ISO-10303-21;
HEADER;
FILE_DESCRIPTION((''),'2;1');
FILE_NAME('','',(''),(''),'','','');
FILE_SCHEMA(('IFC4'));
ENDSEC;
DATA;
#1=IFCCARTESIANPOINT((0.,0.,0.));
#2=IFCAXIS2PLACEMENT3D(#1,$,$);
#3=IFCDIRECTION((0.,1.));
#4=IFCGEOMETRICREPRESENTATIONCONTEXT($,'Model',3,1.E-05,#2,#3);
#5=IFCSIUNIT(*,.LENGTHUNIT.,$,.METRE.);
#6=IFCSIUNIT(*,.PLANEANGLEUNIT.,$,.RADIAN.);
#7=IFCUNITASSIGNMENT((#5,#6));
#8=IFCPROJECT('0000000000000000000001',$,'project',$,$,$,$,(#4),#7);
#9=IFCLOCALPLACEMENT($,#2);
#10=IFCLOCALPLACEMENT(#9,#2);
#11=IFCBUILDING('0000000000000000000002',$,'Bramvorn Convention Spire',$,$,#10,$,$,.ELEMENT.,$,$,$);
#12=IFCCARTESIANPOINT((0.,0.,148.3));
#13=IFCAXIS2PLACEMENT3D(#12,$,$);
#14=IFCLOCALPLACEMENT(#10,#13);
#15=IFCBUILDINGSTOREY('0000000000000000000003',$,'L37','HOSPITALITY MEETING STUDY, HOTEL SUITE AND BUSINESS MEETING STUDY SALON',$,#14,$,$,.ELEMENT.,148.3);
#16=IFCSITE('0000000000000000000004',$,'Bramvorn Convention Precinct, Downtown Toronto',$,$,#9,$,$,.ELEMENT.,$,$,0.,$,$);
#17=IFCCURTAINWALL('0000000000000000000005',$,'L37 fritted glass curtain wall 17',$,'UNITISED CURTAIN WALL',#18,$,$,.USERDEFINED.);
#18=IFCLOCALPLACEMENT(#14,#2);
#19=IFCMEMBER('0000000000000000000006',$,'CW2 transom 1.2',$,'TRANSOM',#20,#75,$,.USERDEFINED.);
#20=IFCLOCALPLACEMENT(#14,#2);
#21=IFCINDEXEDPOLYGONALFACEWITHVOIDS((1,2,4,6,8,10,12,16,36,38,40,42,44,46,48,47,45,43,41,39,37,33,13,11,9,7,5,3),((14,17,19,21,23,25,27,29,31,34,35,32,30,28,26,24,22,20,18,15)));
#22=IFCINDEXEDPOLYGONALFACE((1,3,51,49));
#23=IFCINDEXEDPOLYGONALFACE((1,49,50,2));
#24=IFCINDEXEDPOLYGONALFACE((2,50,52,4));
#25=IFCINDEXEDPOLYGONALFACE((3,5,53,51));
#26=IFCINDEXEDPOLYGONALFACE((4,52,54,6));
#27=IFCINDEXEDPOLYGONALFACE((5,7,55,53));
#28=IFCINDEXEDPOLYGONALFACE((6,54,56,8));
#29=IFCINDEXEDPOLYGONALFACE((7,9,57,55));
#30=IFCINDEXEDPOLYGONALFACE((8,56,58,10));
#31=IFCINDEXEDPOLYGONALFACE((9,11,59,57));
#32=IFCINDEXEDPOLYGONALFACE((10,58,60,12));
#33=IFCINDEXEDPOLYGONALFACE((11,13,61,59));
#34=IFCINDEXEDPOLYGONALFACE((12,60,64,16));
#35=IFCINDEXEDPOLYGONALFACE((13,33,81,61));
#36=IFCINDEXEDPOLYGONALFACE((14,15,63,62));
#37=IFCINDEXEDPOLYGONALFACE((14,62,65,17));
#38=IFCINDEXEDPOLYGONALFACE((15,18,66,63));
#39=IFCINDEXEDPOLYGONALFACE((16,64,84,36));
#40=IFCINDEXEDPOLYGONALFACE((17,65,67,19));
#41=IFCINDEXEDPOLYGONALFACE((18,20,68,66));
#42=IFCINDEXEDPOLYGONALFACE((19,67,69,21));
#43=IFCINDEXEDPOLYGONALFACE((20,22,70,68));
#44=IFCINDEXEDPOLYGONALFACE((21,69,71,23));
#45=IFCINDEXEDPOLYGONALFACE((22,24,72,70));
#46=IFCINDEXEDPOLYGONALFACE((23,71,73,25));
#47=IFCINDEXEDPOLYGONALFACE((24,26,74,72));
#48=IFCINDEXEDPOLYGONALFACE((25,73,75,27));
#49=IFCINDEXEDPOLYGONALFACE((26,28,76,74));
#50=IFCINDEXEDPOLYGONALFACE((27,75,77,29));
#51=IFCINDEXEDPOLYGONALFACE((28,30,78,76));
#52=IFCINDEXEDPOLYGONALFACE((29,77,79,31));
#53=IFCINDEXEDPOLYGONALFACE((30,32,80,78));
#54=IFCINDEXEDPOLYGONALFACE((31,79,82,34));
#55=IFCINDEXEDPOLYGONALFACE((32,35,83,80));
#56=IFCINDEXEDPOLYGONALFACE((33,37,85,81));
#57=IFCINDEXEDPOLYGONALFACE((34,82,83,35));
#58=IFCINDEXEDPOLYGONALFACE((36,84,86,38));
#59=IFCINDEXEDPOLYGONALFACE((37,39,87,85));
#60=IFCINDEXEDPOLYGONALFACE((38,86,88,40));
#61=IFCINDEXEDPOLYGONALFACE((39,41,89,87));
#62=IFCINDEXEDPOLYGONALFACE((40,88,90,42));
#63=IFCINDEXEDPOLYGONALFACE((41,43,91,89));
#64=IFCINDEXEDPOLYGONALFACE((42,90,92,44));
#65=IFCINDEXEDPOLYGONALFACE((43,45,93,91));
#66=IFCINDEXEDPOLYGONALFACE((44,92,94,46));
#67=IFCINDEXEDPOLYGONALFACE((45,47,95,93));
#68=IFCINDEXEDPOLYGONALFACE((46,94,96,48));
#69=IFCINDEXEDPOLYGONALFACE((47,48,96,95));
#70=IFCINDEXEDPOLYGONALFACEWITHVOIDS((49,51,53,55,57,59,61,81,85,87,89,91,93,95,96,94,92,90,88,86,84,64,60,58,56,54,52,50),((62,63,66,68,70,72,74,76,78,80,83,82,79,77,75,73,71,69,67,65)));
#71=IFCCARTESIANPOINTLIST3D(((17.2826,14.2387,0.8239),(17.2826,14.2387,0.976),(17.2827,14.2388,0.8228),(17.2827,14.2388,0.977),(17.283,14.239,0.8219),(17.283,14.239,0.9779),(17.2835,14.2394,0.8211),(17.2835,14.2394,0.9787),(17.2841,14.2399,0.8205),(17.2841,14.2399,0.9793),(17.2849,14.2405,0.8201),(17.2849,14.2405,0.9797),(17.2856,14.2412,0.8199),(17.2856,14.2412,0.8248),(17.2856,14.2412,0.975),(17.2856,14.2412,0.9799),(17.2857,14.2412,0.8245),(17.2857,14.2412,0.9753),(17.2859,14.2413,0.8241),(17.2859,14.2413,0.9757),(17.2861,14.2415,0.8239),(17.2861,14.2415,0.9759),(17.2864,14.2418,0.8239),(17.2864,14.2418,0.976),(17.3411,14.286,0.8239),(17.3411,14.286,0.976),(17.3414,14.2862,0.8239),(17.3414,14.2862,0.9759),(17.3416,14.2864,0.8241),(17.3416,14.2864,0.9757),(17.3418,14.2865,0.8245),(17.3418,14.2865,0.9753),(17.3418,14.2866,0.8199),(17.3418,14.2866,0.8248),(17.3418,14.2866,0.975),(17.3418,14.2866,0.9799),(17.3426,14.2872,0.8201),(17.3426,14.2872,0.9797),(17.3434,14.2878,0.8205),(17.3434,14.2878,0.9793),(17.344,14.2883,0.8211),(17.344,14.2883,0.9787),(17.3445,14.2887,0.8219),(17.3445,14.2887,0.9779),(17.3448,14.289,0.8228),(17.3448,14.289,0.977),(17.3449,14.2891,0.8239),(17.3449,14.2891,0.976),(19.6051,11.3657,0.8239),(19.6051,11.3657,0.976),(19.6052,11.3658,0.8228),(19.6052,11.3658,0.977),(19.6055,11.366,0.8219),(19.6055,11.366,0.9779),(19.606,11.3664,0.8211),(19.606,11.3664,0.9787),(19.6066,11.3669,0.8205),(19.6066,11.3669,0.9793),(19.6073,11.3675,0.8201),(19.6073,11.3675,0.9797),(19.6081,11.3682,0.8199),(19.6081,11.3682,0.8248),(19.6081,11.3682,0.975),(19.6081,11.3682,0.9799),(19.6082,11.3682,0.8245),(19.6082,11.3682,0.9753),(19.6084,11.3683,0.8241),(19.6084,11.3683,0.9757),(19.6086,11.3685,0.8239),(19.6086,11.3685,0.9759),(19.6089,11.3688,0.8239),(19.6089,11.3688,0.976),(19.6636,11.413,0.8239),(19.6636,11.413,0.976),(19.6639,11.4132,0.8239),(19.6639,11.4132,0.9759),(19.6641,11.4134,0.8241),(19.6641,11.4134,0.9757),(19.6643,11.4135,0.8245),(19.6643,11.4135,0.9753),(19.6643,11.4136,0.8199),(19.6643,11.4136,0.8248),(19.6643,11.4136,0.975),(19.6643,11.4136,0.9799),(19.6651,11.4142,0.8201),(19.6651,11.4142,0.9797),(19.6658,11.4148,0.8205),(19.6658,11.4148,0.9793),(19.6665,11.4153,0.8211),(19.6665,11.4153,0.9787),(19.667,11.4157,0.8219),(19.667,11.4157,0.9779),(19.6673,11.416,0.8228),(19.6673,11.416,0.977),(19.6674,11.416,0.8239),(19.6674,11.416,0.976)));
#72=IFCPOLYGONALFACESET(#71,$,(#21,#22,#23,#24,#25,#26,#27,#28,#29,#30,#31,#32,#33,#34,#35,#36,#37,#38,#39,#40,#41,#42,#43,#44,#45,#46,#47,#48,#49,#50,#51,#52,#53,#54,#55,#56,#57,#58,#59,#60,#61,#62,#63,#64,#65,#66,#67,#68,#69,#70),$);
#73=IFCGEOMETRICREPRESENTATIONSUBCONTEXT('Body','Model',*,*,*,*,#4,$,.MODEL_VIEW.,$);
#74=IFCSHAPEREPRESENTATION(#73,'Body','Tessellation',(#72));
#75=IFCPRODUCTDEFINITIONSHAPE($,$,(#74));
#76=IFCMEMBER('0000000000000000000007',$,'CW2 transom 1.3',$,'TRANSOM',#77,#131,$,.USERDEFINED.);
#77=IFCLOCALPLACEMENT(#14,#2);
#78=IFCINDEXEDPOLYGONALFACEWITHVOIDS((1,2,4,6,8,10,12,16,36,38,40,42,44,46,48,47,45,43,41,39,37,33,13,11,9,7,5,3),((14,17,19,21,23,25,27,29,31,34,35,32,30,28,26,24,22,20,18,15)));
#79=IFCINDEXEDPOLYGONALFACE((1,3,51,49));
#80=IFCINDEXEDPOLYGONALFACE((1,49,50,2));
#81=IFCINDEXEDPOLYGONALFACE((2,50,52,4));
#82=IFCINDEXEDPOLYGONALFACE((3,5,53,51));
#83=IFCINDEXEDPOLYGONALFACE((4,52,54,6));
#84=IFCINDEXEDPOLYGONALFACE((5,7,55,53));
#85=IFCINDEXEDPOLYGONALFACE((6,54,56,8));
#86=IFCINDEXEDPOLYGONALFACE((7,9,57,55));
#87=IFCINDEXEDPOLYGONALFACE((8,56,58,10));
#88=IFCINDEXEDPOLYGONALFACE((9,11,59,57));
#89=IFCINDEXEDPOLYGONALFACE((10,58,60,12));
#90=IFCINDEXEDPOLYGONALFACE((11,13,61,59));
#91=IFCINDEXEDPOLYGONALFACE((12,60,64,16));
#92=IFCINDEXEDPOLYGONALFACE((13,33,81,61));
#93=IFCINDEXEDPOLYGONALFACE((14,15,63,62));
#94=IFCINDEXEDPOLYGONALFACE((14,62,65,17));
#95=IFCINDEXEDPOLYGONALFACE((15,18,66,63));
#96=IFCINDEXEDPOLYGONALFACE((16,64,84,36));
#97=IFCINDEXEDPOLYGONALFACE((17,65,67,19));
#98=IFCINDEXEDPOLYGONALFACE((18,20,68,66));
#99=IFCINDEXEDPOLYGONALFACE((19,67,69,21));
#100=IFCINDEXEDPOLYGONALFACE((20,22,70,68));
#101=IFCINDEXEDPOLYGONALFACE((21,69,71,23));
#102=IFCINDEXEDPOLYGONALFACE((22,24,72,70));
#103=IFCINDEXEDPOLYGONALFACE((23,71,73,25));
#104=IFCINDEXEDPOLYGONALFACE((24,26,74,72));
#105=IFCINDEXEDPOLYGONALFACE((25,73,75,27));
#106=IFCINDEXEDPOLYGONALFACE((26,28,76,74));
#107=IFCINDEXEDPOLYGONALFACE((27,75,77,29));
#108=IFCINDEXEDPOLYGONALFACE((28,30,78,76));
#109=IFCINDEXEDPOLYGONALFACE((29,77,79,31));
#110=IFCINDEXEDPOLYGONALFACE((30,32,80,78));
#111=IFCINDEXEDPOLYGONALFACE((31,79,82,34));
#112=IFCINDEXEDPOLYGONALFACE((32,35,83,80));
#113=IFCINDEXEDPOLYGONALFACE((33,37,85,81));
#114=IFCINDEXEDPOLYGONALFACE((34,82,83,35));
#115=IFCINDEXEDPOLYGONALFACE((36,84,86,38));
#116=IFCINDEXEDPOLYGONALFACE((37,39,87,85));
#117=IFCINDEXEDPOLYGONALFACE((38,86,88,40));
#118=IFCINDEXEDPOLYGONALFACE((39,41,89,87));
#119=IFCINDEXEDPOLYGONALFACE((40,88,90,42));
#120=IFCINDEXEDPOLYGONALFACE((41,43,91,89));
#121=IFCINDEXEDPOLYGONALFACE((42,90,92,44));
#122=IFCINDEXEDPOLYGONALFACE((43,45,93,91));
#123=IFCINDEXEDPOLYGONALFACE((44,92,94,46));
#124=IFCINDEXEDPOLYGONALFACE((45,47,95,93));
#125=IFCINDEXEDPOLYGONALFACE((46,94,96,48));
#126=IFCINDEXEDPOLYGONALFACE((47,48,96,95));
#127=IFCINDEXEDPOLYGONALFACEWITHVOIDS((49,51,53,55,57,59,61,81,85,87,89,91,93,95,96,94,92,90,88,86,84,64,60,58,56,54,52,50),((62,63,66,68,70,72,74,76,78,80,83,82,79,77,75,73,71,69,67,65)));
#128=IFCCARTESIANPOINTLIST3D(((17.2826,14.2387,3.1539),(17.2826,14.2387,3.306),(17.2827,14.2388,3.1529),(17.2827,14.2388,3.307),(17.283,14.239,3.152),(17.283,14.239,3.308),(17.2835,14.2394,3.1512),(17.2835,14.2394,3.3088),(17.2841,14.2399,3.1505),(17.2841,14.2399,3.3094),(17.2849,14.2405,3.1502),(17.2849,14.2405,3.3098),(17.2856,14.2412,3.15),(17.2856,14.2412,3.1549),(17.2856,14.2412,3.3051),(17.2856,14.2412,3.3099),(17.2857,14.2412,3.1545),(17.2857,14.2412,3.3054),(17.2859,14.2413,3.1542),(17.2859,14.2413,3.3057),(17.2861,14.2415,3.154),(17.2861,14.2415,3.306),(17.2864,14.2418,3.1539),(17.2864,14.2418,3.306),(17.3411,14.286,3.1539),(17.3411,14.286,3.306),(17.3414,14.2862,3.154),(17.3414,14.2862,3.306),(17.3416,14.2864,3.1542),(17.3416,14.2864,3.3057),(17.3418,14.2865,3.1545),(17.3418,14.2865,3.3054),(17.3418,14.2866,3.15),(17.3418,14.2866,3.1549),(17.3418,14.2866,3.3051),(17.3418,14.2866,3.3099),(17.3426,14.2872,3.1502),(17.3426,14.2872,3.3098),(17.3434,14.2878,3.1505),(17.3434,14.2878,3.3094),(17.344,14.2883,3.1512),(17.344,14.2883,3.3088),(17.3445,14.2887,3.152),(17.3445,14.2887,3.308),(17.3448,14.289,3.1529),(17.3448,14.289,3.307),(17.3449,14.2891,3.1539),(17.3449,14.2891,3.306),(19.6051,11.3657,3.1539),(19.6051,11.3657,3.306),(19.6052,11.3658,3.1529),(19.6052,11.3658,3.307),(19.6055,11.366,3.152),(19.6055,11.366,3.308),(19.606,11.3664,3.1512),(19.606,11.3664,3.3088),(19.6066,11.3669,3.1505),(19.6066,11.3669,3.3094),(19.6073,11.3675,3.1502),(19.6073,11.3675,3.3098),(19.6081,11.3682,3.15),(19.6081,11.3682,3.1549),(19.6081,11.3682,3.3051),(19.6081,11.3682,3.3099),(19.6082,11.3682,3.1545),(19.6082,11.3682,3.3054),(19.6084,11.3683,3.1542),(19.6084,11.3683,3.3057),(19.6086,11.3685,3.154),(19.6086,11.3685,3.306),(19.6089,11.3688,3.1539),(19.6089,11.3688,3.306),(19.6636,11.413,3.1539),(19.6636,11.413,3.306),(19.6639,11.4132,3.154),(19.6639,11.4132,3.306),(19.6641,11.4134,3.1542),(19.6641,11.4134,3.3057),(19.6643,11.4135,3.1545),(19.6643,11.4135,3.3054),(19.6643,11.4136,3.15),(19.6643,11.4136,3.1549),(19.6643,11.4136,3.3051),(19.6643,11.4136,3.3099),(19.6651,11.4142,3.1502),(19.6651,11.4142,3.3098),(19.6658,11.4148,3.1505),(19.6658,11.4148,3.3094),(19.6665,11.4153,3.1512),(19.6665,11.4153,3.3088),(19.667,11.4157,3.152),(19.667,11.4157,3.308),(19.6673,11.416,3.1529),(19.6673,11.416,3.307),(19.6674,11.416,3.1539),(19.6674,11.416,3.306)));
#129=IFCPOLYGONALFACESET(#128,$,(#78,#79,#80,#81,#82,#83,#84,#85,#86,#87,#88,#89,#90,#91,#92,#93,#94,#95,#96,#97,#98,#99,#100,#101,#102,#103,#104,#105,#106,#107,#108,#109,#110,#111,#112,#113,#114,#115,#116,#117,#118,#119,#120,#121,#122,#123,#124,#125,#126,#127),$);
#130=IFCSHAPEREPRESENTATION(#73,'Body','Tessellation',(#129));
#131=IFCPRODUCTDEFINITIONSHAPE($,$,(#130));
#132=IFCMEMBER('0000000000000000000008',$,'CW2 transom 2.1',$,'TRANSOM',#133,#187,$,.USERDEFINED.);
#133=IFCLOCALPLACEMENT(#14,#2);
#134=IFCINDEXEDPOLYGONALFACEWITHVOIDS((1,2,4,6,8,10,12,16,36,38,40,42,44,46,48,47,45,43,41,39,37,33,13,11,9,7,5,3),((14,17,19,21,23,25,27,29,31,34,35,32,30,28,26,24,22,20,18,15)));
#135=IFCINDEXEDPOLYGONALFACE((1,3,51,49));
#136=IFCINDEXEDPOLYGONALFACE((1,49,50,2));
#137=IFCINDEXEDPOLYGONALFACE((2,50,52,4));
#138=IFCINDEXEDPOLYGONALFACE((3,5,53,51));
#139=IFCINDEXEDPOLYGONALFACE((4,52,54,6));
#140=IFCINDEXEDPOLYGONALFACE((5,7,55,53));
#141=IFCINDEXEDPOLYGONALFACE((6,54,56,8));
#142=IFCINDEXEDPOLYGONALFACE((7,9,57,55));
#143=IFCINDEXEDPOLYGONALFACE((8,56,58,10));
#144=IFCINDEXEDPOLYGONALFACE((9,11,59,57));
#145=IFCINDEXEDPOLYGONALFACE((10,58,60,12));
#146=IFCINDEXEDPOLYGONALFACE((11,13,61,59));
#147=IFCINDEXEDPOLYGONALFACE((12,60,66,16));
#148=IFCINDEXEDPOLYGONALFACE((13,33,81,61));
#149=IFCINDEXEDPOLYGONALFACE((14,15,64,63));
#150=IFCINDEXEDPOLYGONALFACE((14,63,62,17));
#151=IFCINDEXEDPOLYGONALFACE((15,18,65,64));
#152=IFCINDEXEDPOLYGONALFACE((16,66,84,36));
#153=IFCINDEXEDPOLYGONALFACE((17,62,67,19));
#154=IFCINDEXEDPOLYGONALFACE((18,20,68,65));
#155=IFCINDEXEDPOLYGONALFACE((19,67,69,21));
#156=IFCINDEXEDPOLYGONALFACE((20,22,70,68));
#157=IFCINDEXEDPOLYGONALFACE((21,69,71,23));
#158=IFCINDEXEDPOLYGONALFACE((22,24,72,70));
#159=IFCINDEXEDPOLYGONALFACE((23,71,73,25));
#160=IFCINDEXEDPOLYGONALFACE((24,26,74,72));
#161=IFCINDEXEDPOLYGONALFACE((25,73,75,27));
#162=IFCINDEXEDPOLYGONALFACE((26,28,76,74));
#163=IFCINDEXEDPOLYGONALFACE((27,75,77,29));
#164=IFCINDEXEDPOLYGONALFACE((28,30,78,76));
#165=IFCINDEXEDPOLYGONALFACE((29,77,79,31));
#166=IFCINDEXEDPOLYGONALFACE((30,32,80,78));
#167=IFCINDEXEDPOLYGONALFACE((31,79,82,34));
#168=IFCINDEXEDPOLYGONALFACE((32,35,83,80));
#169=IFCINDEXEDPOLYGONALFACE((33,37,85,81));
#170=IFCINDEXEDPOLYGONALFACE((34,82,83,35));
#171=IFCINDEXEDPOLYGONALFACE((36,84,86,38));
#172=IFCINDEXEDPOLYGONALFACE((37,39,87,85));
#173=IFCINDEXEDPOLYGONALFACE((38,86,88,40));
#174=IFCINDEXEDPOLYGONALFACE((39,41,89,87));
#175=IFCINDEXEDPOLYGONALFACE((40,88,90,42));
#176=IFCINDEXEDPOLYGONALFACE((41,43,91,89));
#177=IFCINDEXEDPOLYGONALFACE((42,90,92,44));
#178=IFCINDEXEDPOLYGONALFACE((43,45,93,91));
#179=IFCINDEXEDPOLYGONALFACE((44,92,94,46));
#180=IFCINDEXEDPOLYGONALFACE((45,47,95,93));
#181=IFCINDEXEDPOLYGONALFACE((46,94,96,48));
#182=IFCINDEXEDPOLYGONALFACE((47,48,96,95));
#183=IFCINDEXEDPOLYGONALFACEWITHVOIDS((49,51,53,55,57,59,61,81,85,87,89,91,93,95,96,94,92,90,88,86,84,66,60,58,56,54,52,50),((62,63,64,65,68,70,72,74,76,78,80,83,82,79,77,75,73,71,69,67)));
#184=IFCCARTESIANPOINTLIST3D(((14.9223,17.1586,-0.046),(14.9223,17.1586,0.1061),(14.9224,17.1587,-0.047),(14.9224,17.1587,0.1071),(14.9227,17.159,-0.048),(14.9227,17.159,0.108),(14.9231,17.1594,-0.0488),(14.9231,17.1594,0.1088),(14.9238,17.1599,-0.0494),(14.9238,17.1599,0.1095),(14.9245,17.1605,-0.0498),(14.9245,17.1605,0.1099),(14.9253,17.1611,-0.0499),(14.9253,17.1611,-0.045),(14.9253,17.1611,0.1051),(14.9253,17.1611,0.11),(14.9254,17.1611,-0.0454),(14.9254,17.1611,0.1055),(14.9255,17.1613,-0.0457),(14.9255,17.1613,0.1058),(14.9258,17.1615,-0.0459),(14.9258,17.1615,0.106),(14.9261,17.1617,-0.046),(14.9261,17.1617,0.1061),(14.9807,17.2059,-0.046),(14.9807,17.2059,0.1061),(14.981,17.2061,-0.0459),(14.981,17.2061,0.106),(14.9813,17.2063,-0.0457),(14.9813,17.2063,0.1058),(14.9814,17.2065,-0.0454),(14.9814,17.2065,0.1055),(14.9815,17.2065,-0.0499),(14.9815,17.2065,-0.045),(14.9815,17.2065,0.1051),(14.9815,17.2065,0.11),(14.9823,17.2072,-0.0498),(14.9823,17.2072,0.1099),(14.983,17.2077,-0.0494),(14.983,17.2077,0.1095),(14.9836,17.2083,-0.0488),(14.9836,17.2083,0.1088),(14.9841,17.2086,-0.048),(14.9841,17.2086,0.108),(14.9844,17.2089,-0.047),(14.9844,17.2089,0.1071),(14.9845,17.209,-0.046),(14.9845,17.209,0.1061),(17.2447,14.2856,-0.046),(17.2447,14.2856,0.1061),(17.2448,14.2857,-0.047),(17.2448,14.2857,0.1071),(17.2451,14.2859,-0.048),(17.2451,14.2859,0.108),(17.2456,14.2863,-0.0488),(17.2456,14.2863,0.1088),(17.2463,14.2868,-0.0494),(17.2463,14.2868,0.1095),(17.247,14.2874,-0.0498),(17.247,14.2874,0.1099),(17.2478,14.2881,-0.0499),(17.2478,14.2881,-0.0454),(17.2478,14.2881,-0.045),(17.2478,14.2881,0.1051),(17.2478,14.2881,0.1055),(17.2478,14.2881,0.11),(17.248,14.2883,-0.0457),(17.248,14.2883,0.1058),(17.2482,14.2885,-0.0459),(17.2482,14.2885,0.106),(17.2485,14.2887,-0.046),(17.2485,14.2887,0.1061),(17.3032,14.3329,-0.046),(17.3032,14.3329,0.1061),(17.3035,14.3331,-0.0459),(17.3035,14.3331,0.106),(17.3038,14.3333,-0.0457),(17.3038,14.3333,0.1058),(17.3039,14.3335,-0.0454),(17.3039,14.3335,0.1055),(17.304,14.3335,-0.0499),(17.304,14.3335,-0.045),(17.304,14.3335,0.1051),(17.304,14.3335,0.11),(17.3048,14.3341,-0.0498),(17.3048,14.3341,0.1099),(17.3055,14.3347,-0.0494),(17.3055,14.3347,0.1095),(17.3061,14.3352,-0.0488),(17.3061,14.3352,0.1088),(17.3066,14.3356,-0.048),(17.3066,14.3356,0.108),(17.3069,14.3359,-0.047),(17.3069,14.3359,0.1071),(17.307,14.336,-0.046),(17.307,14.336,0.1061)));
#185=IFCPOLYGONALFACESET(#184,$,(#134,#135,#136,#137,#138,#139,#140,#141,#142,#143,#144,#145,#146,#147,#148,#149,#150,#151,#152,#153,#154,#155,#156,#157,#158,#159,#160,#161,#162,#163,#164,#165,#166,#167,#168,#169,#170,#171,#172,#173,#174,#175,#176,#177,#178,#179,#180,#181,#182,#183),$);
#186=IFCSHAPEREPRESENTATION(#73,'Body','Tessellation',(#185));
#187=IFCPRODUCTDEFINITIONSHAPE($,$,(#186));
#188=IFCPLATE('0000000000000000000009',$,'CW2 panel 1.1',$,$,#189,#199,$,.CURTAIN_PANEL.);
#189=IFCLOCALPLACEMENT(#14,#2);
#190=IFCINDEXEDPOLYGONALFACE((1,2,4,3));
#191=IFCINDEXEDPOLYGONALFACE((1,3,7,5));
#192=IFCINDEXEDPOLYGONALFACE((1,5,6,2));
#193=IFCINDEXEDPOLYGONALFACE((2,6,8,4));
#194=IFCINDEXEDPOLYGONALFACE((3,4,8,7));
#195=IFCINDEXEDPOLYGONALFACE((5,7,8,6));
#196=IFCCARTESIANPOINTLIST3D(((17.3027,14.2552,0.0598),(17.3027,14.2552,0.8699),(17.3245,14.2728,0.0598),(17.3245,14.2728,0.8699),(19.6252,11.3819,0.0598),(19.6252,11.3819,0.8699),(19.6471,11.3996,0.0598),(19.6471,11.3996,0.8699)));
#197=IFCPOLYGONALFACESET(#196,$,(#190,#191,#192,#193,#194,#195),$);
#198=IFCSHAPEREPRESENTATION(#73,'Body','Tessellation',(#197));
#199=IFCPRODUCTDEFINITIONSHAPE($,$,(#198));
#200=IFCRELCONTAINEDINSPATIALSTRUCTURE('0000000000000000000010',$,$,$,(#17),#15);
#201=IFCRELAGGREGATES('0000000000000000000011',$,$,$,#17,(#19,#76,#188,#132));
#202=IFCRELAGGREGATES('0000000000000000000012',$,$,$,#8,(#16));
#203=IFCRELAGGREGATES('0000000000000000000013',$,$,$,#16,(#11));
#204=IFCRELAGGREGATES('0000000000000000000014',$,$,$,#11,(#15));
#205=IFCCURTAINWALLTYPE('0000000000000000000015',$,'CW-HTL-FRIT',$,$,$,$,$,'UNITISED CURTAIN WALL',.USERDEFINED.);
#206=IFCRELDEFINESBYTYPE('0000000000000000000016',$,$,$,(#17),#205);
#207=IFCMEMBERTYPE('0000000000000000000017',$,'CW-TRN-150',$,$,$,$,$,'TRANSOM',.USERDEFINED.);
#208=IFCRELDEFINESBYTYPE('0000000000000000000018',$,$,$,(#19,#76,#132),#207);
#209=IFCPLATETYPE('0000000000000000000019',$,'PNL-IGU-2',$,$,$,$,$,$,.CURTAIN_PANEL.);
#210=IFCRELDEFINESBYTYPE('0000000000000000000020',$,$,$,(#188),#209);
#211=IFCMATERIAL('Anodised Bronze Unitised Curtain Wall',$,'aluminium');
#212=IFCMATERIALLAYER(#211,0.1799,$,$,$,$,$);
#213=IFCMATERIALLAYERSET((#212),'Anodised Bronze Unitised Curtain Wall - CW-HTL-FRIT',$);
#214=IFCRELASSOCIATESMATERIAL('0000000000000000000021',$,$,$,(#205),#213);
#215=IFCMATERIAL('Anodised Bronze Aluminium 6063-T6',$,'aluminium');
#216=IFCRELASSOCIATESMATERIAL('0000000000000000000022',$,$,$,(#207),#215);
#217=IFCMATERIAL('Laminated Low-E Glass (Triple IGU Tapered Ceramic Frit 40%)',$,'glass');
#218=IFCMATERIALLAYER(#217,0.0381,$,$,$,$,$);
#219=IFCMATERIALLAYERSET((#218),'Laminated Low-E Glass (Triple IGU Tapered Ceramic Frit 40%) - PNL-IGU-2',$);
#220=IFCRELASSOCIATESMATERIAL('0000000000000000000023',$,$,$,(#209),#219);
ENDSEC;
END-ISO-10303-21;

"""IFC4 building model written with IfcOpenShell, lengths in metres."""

from ifc_helpers import new_model, si_unit, direction, frame, origin, origin_2d, place, context, subcontext, project, spatial, rectangle, hollow_rectangle, extrude, material, layer, layer_set, material_profile, profile_set, type_object, element, aggregate, save


model = new_model("IFC4")

# Units and contexts
model_context = context("Model", 3, precision=1e-05, world=origin(), true_north=direction((0.0, 1.0)))
body_context = subcontext(model_context, "Body", "Model", "MODEL_VIEW")
ifc_project = project(units=[si_unit("LENGTHUNIT", "METRE"), si_unit("PLANEANGLEUNIT", "RADIAN")], contexts=[model_context])

# Site, building, storey
site_placement = place(None, origin())
site = spatial("IfcSite", under=ifc_project, at=site_placement, Name="Bramvorn Convention Precinct, Downtown Toronto", CompositionType="ELEMENT", RefElevation=0.0)
building_placement = place(site_placement, origin())
building = spatial("IfcBuilding", under=site, at=building_placement, Name="Bramvorn Convention Spire", CompositionType="ELEMENT")
storey_placement = place(building_placement, frame((0.0, 0.0, 148.3)))
storey = spatial("IfcBuildingStorey", under=building, at=storey_placement, Name="L37", Description="HOSPITALITY MEETING STUDY, HOTEL SUITE AND BUSINESS MEETING STUDY SALON", CompositionType="ELEMENT", Elevation=148.3)

# Curtain wall, members, plate
ifc_material_1 = material(Name="Anodised Bronze Unitised Curtain Wall", Category="aluminium")
ifc_layer_1 = layer(ifc_material_1, 0.1799)
ifc_layer_set_1 = layer_set([ifc_layer_1], Name="Anodised Bronze Unitised Curtain Wall - CW-HTL-FRIT")
curtain_wall_type = type_object("IfcCurtainWallType", Name="CW-HTL-FRIT", ElementType="UNITISED CURTAIN WALL", PredefinedType="USERDEFINED", material=ifc_layer_set_1)
curtain_wall_placement = place(storey_placement, origin())
curtain_wall = element("IfcCurtainWall", 1, at=curtain_wall_placement, inside=storey, type_object=curtain_wall_type, Name="L37 fritted glass curtain wall 17", ObjectType="UNITISED CURTAIN WALL", PredefinedType="USERDEFINED")
ifc_material_2 = material(Name="Anodised Bronze Aluminium 6063-T6", Category="aluminium")
ifc_material_profile_1 = material_profile(ifc_material_2, hollow_rectangle(XDim=0.0801, YDim=0.1599, WallThickness=0.0039, InnerFilletRadius=0.001, OuterFilletRadius=0.0039, at=origin_2d()))
ifc_profile_set_1 = profile_set([ifc_material_profile_1], Name="Anodised Bronze Aluminium 6063-T6 - CWT80X160")
member_type_1 = type_object("IfcMemberType", Name="CW-TRN-150", ElementType="TRANSOM", PredefinedType="USERDEFINED", material=ifc_profile_set_1)
member_1_placement = place(storey_placement, frame((19.6362, 11.3909, 0.8999), z_axis=(-0.62866, 0.77768, 0.0), x_axis=(-0.77768, -0.62866, 0.0)))
member_1 = element("IfcMember", 2, at=member_1_placement, type_object=member_type_1, Name="CW2 transom 1.2", ObjectType="TRANSOM", PredefinedType="USERDEFINED", context=body_context, shape_type="SweptSolid", body=[
    extrude(hollow_rectangle(XDim=0.0801, YDim=0.1599, WallThickness=0.0039, InnerFilletRadius=0.001, OuterFilletRadius=0.0039, at=origin_2d()), origin(), (0.0, 0.0, 1.0), 3.6943),
])
member_2_placement = place(storey_placement, frame((19.6362, 11.3909, 3.23), z_axis=(-0.62866, 0.77768, 0.0), x_axis=(-0.77768, -0.62866, 0.0)))
member_2 = element("IfcMember", 3, at=member_2_placement, type_object=member_type_1, Name="CW2 transom 1.3", ObjectType="TRANSOM", PredefinedType="USERDEFINED", context=body_context, shape_type="SweptSolid", body=[
    extrude(hollow_rectangle(XDim=0.0801, YDim=0.1599, WallThickness=0.0039, InnerFilletRadius=0.001, OuterFilletRadius=0.0039, at=origin_2d()), origin(), (0.0, 0.0, 1.0), 3.6943),
])
member_3_placement = place(storey_placement, frame((17.2759, 14.3108, 0.03), z_axis=(-0.62866, 0.77768, 0.0), x_axis=(-0.77768, -0.62866, 0.0)))
member_3 = element("IfcMember", 4, at=member_3_placement, type_object=member_type_1, Name="CW2 transom 2.1", ObjectType="TRANSOM", PredefinedType="USERDEFINED", context=body_context, shape_type="SweptSolid", body=[
    extrude(hollow_rectangle(XDim=0.0801, YDim=0.1599, WallThickness=0.0039, InnerFilletRadius=0.001, OuterFilletRadius=0.0039, at=origin_2d()), origin(), (0.0, 0.0, 1.0), 3.6943),
])
ifc_material_3 = material(Name="Laminated Low-E Glass (Triple IGU Tapered Ceramic Frit 40%)", Category="glass")
ifc_layer_2 = layer(ifc_material_3, 0.0381)
ifc_layer_set_2 = layer_set([ifc_layer_2], Name="Laminated Low-E Glass (Triple IGU Tapered Ceramic Frit 40%) - PNL-IGU-2")
plate_type = type_object("IfcPlateType", Name="PNL-IGU-2", PredefinedType="CURTAIN_PANEL", material=ifc_layer_set_2)
plate_1_placement = place(storey_placement, frame((18.4749, 12.8274, 0.0598), z_axis=(0.0, 0.0, 1.0), x_axis=(-0.628642, 0.777694, 0.0)))
plate_1 = element("IfcPlate", 5, at=plate_1_placement, type_object=plate_type, Name="CW2 panel 1.1", PredefinedType="CURTAIN_PANEL", context=body_context, shape_type="SweptSolid", body=[
    extrude(rectangle(XDim=3.6946, YDim=0.0281, at=origin_2d()), origin(), (0.0, 0.0, 1.0), 0.8101),
])
aggregate(curtain_wall, [member_1, member_2, plate_1, member_3])

save(model, "model.ifc")
